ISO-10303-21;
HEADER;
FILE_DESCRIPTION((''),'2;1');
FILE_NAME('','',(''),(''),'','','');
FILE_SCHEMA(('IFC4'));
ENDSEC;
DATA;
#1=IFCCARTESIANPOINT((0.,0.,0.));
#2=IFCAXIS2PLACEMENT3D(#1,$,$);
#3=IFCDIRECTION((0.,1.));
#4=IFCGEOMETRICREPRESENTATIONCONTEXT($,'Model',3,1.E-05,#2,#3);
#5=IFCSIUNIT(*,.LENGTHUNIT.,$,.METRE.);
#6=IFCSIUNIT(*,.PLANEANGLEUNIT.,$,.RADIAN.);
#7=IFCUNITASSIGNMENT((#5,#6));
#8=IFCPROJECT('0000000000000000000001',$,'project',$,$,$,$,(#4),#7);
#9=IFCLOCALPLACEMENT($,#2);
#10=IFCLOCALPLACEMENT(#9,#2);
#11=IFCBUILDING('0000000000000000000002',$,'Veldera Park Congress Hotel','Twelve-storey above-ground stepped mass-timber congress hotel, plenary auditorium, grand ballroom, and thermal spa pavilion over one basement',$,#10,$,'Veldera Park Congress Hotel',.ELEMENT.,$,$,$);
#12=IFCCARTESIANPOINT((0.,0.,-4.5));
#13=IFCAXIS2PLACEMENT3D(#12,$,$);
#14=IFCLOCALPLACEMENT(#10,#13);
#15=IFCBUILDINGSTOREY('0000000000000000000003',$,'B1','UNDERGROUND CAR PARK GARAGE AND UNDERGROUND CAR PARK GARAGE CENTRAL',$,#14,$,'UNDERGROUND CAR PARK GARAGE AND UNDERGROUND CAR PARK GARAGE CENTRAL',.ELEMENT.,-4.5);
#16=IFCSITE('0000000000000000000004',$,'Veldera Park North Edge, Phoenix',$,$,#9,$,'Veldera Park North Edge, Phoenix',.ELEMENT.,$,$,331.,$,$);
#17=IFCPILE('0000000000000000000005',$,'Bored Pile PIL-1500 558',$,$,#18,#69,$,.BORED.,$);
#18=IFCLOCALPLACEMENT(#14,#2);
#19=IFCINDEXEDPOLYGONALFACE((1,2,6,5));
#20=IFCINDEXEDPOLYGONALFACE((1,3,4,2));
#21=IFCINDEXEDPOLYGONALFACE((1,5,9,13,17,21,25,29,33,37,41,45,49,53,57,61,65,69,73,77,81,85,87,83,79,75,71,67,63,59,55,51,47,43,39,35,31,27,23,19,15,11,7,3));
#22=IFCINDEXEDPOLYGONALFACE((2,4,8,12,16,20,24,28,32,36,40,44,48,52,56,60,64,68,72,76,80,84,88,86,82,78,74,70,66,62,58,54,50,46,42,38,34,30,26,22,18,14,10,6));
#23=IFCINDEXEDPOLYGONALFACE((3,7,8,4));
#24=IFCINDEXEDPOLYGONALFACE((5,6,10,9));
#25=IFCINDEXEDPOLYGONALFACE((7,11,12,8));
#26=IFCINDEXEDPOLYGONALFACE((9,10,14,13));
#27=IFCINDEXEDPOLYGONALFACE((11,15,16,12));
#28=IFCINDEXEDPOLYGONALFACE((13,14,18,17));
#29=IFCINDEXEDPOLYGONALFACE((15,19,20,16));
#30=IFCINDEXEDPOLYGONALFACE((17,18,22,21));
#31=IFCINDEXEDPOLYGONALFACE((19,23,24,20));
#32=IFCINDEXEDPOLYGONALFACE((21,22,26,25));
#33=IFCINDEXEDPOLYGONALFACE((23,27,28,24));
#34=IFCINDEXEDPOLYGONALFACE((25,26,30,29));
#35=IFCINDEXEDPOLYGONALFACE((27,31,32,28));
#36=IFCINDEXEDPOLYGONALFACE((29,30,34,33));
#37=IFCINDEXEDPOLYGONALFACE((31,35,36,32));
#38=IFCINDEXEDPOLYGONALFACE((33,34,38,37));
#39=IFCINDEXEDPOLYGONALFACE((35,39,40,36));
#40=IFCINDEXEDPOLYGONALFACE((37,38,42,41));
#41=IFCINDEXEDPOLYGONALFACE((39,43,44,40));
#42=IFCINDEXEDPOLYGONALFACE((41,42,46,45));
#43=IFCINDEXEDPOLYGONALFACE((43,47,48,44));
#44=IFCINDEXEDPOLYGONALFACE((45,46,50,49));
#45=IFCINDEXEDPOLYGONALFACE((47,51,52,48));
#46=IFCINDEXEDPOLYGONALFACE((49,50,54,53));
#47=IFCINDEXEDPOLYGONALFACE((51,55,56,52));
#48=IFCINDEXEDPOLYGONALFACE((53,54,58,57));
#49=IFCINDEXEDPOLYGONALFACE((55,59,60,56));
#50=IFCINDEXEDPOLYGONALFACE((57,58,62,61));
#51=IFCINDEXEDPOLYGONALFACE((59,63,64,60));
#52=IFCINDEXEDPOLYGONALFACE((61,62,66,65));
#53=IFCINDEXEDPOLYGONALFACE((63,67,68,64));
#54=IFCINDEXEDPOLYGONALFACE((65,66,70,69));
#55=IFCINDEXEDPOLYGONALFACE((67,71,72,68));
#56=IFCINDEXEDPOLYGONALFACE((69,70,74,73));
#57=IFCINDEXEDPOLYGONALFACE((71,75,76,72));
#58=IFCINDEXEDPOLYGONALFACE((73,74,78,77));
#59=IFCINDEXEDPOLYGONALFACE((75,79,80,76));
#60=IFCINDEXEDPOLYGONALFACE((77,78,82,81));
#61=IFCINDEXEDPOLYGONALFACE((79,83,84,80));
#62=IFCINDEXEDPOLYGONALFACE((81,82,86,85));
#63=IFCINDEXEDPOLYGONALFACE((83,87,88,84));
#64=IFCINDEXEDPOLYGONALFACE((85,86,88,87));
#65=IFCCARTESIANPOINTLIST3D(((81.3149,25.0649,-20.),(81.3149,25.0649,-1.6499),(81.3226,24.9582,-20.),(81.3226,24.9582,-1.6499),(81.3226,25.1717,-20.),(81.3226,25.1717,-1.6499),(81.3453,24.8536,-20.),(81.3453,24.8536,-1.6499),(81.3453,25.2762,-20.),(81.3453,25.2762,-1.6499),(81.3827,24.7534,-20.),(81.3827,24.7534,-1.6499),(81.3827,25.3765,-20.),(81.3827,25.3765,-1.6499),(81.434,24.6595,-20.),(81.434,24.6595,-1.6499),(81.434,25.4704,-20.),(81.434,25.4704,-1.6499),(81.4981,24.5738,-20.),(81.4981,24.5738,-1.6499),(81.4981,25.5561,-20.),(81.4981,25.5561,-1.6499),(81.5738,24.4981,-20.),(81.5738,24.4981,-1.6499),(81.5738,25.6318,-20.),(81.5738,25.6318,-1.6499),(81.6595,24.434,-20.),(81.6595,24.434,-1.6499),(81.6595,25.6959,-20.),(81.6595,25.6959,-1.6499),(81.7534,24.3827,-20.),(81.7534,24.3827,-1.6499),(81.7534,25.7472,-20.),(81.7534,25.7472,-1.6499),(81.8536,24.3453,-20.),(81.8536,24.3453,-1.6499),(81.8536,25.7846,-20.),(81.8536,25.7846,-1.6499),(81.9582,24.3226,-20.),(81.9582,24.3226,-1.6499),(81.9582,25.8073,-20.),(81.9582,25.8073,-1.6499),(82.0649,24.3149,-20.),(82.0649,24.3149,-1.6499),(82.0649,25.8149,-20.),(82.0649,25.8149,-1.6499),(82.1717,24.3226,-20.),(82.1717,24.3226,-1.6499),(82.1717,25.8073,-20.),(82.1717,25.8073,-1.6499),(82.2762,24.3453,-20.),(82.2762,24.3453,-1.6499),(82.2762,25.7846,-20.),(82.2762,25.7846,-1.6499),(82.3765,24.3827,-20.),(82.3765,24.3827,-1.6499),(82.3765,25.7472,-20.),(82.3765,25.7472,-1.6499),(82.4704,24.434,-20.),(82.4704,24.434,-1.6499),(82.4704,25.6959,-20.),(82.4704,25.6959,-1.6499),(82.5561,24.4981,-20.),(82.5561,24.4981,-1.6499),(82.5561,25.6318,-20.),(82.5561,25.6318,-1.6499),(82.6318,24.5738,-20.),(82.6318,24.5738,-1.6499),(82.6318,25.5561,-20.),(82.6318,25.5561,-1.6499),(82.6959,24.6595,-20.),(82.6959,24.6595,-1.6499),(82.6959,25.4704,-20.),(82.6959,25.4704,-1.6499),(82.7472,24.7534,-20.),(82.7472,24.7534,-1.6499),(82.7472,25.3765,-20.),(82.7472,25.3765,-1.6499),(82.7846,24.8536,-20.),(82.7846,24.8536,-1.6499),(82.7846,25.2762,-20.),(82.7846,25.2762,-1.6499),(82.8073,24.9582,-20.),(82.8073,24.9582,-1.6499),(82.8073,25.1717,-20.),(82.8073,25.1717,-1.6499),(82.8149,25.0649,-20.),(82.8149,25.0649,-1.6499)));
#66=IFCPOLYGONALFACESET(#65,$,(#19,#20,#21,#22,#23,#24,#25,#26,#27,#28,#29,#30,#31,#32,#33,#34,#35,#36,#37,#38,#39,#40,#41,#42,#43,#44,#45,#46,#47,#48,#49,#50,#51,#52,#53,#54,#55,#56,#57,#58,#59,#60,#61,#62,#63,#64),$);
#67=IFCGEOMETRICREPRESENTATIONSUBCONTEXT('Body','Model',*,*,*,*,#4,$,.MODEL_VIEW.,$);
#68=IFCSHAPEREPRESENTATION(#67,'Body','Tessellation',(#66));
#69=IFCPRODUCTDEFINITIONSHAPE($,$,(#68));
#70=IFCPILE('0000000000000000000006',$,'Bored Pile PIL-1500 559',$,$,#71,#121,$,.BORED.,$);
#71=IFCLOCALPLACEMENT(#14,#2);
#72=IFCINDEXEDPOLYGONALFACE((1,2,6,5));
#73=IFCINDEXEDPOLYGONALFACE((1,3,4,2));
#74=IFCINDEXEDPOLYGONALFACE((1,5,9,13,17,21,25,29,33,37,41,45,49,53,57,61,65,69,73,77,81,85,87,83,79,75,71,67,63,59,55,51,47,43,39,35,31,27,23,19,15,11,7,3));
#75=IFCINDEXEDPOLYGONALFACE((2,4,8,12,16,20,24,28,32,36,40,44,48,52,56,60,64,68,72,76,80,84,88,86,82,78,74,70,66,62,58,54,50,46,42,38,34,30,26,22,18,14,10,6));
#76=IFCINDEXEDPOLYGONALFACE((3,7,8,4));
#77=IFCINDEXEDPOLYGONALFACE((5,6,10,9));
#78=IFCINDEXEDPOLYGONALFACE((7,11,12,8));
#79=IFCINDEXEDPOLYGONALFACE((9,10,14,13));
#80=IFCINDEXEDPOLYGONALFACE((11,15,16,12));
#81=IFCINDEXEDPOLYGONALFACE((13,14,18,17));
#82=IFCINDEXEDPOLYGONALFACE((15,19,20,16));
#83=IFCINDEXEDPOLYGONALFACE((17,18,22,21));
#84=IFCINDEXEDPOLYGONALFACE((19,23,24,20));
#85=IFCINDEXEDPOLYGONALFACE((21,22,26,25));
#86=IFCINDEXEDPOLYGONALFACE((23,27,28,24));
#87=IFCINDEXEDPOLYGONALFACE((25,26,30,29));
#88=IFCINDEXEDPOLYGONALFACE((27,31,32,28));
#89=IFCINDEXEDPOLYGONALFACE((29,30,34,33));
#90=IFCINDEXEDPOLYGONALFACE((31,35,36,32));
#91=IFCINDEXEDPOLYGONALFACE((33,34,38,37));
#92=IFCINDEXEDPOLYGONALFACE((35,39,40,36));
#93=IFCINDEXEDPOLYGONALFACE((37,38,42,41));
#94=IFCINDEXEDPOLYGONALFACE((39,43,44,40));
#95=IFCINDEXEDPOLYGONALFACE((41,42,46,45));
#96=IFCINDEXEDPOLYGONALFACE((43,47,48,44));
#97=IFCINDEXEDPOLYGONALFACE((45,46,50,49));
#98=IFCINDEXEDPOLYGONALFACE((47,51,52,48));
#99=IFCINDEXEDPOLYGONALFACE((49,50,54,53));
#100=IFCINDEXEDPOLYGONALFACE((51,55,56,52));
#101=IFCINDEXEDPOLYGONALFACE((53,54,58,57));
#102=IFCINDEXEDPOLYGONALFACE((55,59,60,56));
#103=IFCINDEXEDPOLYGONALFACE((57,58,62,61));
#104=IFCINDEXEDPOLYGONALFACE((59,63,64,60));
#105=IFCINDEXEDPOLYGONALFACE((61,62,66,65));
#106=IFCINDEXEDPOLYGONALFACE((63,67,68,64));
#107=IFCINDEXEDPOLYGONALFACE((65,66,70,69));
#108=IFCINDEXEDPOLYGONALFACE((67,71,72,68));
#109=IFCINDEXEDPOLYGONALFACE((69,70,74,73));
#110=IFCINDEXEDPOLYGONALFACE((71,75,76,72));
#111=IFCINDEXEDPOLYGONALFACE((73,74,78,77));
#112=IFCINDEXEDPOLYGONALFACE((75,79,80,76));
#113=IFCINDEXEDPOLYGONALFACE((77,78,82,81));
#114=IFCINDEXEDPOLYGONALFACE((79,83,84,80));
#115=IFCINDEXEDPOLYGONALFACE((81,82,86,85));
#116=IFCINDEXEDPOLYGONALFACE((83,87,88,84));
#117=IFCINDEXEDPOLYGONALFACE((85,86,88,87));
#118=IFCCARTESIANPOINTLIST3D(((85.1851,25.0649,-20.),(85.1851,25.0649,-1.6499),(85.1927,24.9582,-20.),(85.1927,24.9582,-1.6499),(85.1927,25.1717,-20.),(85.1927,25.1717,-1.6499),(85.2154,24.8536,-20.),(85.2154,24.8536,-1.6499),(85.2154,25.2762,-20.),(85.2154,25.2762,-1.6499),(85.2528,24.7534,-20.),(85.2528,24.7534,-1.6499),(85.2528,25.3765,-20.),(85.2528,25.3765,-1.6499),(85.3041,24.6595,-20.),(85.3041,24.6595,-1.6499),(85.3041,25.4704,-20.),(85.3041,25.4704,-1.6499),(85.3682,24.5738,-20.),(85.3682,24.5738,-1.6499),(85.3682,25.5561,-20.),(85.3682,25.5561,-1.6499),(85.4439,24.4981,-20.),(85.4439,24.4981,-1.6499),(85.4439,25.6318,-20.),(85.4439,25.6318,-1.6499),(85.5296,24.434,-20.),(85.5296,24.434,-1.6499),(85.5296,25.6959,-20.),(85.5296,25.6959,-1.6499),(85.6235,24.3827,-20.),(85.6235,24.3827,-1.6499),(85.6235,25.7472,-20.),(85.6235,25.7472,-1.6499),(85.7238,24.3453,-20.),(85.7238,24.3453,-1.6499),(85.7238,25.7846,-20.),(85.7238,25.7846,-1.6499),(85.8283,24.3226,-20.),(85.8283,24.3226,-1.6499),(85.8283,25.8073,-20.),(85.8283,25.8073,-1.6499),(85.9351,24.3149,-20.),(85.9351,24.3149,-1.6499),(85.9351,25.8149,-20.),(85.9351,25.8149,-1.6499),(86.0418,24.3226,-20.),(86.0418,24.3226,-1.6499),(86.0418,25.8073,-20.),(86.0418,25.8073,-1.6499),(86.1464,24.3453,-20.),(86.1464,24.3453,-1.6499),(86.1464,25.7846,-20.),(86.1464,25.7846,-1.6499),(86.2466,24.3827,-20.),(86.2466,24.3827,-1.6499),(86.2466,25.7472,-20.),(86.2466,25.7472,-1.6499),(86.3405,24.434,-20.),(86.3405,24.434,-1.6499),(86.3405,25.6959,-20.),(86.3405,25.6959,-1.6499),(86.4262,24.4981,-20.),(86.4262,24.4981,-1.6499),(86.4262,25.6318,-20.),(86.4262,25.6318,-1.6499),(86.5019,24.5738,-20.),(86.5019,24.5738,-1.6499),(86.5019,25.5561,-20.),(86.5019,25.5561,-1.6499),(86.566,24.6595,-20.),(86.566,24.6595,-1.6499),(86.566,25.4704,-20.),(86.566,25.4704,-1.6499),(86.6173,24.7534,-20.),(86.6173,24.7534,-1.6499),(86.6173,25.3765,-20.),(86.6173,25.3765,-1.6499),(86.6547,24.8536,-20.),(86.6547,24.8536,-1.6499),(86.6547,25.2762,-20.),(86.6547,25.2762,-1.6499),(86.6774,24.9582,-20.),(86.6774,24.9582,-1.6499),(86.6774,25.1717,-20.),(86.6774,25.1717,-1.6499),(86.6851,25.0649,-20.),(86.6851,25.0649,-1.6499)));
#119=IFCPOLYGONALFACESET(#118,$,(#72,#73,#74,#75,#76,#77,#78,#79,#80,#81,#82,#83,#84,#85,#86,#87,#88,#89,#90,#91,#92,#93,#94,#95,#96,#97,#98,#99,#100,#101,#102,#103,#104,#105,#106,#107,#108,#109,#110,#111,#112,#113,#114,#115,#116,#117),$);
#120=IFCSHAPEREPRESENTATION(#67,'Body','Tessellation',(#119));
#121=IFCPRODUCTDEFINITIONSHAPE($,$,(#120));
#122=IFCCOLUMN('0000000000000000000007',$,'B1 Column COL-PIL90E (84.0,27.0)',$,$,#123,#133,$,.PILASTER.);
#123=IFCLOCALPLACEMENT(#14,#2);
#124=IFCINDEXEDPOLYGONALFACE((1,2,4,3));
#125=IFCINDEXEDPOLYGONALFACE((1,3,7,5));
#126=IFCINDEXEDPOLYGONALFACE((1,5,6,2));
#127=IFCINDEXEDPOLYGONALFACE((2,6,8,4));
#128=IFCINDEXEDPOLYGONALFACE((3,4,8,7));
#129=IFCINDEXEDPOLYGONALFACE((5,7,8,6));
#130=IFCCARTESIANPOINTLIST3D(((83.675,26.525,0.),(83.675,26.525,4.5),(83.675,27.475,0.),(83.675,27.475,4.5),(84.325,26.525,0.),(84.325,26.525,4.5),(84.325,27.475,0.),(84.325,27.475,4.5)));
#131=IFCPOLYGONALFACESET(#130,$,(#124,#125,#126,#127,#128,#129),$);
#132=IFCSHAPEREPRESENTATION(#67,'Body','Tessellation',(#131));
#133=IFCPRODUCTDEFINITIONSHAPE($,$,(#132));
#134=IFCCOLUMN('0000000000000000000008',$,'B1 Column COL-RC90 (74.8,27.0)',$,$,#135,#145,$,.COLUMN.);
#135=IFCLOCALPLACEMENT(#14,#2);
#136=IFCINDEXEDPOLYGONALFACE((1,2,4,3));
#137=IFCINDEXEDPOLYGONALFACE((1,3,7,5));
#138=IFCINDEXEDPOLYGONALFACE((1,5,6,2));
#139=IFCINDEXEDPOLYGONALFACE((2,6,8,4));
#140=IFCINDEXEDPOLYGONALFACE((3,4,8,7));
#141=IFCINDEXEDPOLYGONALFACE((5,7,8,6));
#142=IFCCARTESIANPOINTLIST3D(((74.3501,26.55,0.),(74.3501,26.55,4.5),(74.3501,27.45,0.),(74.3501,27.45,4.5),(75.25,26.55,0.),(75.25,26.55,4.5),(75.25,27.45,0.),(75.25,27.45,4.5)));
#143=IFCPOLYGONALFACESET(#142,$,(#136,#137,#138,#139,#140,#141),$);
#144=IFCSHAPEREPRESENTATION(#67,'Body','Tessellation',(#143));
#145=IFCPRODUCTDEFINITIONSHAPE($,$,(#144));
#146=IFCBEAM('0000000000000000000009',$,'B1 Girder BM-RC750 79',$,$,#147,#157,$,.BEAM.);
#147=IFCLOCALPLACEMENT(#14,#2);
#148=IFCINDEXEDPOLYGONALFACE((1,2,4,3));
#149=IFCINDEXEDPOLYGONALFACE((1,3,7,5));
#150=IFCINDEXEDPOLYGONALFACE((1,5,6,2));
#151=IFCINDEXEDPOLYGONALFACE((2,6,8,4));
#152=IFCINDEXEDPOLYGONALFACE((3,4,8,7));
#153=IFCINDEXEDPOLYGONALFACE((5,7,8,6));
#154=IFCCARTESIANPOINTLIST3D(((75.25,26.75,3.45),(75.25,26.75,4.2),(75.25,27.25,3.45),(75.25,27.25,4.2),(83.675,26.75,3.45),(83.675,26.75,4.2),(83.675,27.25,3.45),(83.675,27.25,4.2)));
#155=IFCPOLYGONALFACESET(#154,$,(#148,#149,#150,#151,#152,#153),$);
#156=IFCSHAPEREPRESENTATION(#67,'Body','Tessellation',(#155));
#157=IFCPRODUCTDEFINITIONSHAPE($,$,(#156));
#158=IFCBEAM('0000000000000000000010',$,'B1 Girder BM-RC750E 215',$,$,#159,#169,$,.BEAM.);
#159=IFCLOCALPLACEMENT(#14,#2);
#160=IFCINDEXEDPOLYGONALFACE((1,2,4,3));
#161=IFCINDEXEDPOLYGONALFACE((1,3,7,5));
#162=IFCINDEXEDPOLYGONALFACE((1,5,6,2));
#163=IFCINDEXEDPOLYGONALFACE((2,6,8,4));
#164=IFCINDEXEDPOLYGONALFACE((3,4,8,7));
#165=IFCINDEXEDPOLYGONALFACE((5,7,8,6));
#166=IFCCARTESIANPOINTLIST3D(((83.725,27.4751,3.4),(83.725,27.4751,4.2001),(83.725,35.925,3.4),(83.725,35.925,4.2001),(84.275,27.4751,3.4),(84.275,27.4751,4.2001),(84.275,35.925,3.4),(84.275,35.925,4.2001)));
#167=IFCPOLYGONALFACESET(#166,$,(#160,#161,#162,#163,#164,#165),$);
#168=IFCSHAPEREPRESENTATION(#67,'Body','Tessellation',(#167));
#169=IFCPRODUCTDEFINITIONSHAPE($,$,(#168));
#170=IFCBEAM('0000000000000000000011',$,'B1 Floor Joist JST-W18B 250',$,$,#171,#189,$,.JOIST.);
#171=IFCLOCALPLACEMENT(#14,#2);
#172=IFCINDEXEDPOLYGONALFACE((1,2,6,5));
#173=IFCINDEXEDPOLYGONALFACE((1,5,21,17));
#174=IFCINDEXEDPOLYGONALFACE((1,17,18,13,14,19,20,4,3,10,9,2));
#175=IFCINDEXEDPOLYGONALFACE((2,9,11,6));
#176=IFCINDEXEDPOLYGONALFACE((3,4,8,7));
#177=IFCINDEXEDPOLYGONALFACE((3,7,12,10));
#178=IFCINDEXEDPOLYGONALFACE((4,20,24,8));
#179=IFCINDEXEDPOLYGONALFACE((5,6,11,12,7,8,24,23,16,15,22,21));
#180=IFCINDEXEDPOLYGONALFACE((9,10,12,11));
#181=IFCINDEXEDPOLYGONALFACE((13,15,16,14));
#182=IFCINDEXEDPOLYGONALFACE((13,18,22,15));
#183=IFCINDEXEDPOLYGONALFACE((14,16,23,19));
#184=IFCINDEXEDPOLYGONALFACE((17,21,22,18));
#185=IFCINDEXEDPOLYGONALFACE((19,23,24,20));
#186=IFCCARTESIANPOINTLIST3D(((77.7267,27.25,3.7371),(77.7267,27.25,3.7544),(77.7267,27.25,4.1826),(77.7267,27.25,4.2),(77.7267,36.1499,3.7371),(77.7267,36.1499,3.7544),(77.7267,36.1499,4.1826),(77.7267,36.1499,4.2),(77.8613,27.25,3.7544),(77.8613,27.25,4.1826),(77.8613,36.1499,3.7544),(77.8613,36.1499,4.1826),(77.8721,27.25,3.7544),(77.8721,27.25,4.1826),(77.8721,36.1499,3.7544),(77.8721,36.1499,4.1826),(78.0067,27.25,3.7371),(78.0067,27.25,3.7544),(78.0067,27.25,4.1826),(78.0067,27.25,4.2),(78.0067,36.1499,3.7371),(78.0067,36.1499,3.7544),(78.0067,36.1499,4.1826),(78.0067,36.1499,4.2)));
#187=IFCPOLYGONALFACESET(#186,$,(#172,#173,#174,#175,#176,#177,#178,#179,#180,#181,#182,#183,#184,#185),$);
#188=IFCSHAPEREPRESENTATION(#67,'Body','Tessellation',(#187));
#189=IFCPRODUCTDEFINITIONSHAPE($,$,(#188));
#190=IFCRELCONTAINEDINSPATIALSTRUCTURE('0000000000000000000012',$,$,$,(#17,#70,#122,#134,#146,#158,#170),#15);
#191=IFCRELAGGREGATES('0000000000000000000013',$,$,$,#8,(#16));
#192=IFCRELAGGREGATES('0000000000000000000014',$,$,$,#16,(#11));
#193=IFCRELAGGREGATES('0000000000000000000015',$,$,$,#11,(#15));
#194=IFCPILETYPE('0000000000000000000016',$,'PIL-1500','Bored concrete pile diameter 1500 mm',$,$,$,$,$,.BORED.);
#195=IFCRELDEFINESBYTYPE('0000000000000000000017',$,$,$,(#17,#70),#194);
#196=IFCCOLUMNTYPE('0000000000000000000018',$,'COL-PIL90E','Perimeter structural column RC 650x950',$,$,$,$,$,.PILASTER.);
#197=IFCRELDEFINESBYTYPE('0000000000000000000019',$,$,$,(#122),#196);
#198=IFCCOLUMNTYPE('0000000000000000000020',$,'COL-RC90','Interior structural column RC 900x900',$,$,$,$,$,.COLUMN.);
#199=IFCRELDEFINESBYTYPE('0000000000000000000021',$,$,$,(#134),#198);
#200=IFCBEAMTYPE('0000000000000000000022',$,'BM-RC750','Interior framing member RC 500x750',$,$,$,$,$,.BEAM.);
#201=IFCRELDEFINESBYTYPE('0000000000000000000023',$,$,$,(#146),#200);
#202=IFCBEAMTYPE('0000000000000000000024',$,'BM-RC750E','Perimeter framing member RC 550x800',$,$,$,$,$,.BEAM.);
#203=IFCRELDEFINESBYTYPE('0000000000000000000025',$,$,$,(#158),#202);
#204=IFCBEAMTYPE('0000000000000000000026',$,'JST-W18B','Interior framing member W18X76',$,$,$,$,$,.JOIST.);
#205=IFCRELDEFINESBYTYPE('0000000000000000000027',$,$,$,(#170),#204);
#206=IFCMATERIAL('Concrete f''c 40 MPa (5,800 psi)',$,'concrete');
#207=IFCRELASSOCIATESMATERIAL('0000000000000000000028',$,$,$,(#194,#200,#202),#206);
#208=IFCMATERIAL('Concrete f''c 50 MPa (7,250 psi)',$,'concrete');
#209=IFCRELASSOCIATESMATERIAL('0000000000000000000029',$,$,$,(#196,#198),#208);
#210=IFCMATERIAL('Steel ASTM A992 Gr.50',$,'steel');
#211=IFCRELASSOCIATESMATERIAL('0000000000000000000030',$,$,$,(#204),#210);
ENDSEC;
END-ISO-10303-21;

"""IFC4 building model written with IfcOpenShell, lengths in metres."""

from ifc_helpers import new_model, si_unit, direction, frame, origin, origin_2d, place, context, subcontext, project, spatial, rectangle, circle, i_section, extrude, material, material_profile, profile_set, type_object, element, save


model = new_model("IFC4")

# Units and contexts
model_context = context("Model", 3, precision=1e-05, world=origin(), true_north=direction((0.0, 1.0)))
body_context = subcontext(model_context, "Body", "Model", "MODEL_VIEW")
ifc_project = project(units=[si_unit("LENGTHUNIT", "METRE"), si_unit("PLANEANGLEUNIT", "RADIAN")], contexts=[model_context])

# Site, building, storey
site_placement = place(None, origin())
site = spatial("IfcSite", under=ifc_project, at=site_placement, Name="Veldera Park North Edge, Phoenix", LongName="Veldera Park North Edge, Phoenix", CompositionType="ELEMENT", RefElevation=331.0)
building_placement = place(site_placement, origin())
building = spatial("IfcBuilding", under=site, at=building_placement, Name="Veldera Park Congress Hotel", Description="Twelve-storey above-ground stepped mass-timber congress hotel, plenary auditorium, grand ballroom, and thermal spa pavilion over one basement", LongName="Veldera Park Congress Hotel", CompositionType="ELEMENT")
storey_placement = place(building_placement, frame((0.0, 0.0, -4.5)))
storey = spatial("IfcBuildingStorey", under=building, at=storey_placement, Name="B1", Description="UNDERGROUND CAR PARK GARAGE AND UNDERGROUND CAR PARK GARAGE CENTRAL", LongName="UNDERGROUND CAR PARK GARAGE AND UNDERGROUND CAR PARK GARAGE CENTRAL", CompositionType="ELEMENT", Elevation=-4.5)

# Shared definitions
ifc_material_1 = material(Name="Concrete f'c 40 MPa (5,800 psi)", Category="concrete")

# Piles
ifc_material_profile_1 = material_profile(ifc_material_1, circle(Radius=0.75, at=origin_2d()), Name="PILE D1500")
ifc_profile_set_1 = profile_set([ifc_material_profile_1], Name="Concrete f'c 40 MPa (5,800 psi)")
pile_type = type_object("IfcPileType", Name="PIL-1500", Description="Bored concrete pile diameter 1500 mm", PredefinedType="BORED", material=ifc_profile_set_1)
for number, where, z_axis, x_axis, name in (
    (1, (82.0649, 25.0649, -1.6499), (0.0, 0.0, -1.0), (1.0, 0.0, 0.0), "Bored Pile PIL-1500 558"),
    (2, (85.9351, 25.0649, -1.6499), (0.0, 0.0, -1.0), (1.0, 0.0, 0.0), "Bored Pile PIL-1500 559"),
):
    element("IfcPile", number, at=place(storey_placement, frame(where, z_axis=z_axis, x_axis=x_axis)), inside=storey, type_object=pile_type, Name=name, PredefinedType="BORED", context=body_context, shape_type="SweptSolid", body=[
        extrude(circle(Radius=0.75, at=origin_2d()), origin(), (0.0, 0.0, 1.0), 18.3501),
    ])

# Columns
ifc_material_2 = material(Name="Concrete f'c 50 MPa (7,250 psi)", Category="concrete")
ifc_material_profile_2 = material_profile(ifc_material_2, rectangle(XDim=0.6499, YDim=0.95, at=origin_2d()), Name="RC 650x950")
ifc_profile_set_2 = profile_set([ifc_material_profile_2], Name="Concrete f'c 50 MPa (7,250 psi)")
column_type_1 = type_object("IfcColumnType", Name="COL-PIL90E", Description="Perimeter structural column RC 650x950", PredefinedType="PILASTER", material=ifc_profile_set_2)
column_1_placement = place(storey_placement, frame((84.0, 27.0, 0.0), z_axis=(0.0, 0.0, 1.0), x_axis=(1.0, 0.0, 0.0)))
element("IfcColumn", 3, at=column_1_placement, inside=storey, type_object=column_type_1, Name="B1 Column COL-PIL90E (84.0,27.0)", PredefinedType="PILASTER", context=body_context, shape_type="SweptSolid", body=[
    extrude(rectangle(XDim=0.6499, YDim=0.95, at=origin_2d()), origin(), (0.0, 0.0, 1.0), 4.5),
])
ifc_material_profile_3 = material_profile(ifc_material_2, rectangle(XDim=0.8999, YDim=0.8999, at=origin_2d()), Name="RC 900x900")
ifc_profile_set_3 = profile_set([ifc_material_profile_3], Name="Concrete f'c 50 MPa (7,250 psi)")
column_type_2 = type_object("IfcColumnType", Name="COL-RC90", Description="Interior structural column RC 900x900", PredefinedType="COLUMN", material=ifc_profile_set_3)
column_2_placement = place(storey_placement, frame((74.8, 27.0, 0.0), z_axis=(0.0, 0.0, 1.0), x_axis=(1.0, 0.0, 0.0)))
element("IfcColumn", 4, at=column_2_placement, inside=storey, type_object=column_type_2, Name="B1 Column COL-RC90 (74.8,27.0)", PredefinedType="COLUMN", context=body_context, shape_type="SweptSolid", body=[
    extrude(rectangle(XDim=0.8999, YDim=0.8999, at=origin_2d()), origin(), (0.0, 0.0, 1.0), 4.5),
])

# Beams
ifc_material_profile_4 = material_profile(ifc_material_1, rectangle(XDim=0.5, YDim=0.75, at=origin_2d()), Name="RC 500x750")
ifc_profile_set_4 = profile_set([ifc_material_profile_4], Name="Concrete f'c 40 MPa (5,800 psi)")
beam_type_1 = type_object("IfcBeamType", Name="BM-RC750", Description="Interior framing member RC 500x750", PredefinedType="BEAM", material=ifc_profile_set_4)
beam_1_placement = place(storey_placement, frame((75.25, 27.0, 3.825), z_axis=(1.0, 0.0, 0.0), x_axis=(0.0, 1.0, 0.0)))
element("IfcBeam", 5, at=beam_1_placement, inside=storey, type_object=beam_type_1, Name="B1 Girder BM-RC750 79", PredefinedType="BEAM", context=body_context, shape_type="SweptSolid", body=[
    extrude(rectangle(XDim=0.5, YDim=0.75, at=origin_2d()), origin(), (0.0, 0.0, 1.0), 8.425),
])
ifc_material_profile_5 = material_profile(ifc_material_1, rectangle(XDim=0.55, YDim=0.8, at=origin_2d()), Name="RC 550x800")
ifc_profile_set_5 = profile_set([ifc_material_profile_5], Name="Concrete f'c 40 MPa (5,800 psi)")
beam_type_2 = type_object("IfcBeamType", Name="BM-RC750E", Description="Perimeter framing member RC 550x800", PredefinedType="BEAM", material=ifc_profile_set_5)
beam_2_placement = place(storey_placement, frame((84.0, 27.4751, 3.8), z_axis=(0.0, 1.0, 0.0), x_axis=(-1.0, 0.0, 0.0)))
element("IfcBeam", 6, at=beam_2_placement, inside=storey, type_object=beam_type_2, Name="B1 Girder BM-RC750E 215", PredefinedType="BEAM", context=body_context, shape_type="SweptSolid", body=[
    extrude(rectangle(XDim=0.55, YDim=0.8, at=origin_2d()), origin(), (0.0, 0.0, 1.0), 8.45),
])
ifc_material_3 = material(Name="Steel ASTM A992 Gr.50", Category="steel")
ifc_material_profile_6 = material_profile(ifc_material_3, i_section(OverallWidth=0.28, OverallDepth=0.4629, WebThickness=0.0107, FlangeThickness=0.0173, at=origin_2d()), Name="W18X76")
ifc_profile_set_6 = profile_set([ifc_material_profile_6], Name="Steel ASTM A992 Gr.50")
beam_type_3 = type_object("IfcBeamType", Name="JST-W18B", Description="Interior framing member W18X76", PredefinedType="JOIST", material=ifc_profile_set_6)
for number, where, z_axis, x_axis, name in (
    (7, (77.8667, 27.25, 3.9685), (0.0, 1.0, 0.0), (-1.0, 0.0, 0.0), "B1 Floor Joist JST-W18B 250"),
):
    element("IfcBeam", number, at=place(storey_placement, frame(where, z_axis=z_axis, x_axis=x_axis)), inside=storey, type_object=beam_type_3, Name=name, PredefinedType="JOIST", context=body_context, shape_type="SweptSolid", body=[
        extrude(i_section(OverallWidth=0.28, OverallDepth=0.4629, WebThickness=0.0107, FlangeThickness=0.0173, at=origin_2d()), origin(), (0.0, 0.0, 1.0), 8.8999),
    ])

save(model, "model.ifc")
